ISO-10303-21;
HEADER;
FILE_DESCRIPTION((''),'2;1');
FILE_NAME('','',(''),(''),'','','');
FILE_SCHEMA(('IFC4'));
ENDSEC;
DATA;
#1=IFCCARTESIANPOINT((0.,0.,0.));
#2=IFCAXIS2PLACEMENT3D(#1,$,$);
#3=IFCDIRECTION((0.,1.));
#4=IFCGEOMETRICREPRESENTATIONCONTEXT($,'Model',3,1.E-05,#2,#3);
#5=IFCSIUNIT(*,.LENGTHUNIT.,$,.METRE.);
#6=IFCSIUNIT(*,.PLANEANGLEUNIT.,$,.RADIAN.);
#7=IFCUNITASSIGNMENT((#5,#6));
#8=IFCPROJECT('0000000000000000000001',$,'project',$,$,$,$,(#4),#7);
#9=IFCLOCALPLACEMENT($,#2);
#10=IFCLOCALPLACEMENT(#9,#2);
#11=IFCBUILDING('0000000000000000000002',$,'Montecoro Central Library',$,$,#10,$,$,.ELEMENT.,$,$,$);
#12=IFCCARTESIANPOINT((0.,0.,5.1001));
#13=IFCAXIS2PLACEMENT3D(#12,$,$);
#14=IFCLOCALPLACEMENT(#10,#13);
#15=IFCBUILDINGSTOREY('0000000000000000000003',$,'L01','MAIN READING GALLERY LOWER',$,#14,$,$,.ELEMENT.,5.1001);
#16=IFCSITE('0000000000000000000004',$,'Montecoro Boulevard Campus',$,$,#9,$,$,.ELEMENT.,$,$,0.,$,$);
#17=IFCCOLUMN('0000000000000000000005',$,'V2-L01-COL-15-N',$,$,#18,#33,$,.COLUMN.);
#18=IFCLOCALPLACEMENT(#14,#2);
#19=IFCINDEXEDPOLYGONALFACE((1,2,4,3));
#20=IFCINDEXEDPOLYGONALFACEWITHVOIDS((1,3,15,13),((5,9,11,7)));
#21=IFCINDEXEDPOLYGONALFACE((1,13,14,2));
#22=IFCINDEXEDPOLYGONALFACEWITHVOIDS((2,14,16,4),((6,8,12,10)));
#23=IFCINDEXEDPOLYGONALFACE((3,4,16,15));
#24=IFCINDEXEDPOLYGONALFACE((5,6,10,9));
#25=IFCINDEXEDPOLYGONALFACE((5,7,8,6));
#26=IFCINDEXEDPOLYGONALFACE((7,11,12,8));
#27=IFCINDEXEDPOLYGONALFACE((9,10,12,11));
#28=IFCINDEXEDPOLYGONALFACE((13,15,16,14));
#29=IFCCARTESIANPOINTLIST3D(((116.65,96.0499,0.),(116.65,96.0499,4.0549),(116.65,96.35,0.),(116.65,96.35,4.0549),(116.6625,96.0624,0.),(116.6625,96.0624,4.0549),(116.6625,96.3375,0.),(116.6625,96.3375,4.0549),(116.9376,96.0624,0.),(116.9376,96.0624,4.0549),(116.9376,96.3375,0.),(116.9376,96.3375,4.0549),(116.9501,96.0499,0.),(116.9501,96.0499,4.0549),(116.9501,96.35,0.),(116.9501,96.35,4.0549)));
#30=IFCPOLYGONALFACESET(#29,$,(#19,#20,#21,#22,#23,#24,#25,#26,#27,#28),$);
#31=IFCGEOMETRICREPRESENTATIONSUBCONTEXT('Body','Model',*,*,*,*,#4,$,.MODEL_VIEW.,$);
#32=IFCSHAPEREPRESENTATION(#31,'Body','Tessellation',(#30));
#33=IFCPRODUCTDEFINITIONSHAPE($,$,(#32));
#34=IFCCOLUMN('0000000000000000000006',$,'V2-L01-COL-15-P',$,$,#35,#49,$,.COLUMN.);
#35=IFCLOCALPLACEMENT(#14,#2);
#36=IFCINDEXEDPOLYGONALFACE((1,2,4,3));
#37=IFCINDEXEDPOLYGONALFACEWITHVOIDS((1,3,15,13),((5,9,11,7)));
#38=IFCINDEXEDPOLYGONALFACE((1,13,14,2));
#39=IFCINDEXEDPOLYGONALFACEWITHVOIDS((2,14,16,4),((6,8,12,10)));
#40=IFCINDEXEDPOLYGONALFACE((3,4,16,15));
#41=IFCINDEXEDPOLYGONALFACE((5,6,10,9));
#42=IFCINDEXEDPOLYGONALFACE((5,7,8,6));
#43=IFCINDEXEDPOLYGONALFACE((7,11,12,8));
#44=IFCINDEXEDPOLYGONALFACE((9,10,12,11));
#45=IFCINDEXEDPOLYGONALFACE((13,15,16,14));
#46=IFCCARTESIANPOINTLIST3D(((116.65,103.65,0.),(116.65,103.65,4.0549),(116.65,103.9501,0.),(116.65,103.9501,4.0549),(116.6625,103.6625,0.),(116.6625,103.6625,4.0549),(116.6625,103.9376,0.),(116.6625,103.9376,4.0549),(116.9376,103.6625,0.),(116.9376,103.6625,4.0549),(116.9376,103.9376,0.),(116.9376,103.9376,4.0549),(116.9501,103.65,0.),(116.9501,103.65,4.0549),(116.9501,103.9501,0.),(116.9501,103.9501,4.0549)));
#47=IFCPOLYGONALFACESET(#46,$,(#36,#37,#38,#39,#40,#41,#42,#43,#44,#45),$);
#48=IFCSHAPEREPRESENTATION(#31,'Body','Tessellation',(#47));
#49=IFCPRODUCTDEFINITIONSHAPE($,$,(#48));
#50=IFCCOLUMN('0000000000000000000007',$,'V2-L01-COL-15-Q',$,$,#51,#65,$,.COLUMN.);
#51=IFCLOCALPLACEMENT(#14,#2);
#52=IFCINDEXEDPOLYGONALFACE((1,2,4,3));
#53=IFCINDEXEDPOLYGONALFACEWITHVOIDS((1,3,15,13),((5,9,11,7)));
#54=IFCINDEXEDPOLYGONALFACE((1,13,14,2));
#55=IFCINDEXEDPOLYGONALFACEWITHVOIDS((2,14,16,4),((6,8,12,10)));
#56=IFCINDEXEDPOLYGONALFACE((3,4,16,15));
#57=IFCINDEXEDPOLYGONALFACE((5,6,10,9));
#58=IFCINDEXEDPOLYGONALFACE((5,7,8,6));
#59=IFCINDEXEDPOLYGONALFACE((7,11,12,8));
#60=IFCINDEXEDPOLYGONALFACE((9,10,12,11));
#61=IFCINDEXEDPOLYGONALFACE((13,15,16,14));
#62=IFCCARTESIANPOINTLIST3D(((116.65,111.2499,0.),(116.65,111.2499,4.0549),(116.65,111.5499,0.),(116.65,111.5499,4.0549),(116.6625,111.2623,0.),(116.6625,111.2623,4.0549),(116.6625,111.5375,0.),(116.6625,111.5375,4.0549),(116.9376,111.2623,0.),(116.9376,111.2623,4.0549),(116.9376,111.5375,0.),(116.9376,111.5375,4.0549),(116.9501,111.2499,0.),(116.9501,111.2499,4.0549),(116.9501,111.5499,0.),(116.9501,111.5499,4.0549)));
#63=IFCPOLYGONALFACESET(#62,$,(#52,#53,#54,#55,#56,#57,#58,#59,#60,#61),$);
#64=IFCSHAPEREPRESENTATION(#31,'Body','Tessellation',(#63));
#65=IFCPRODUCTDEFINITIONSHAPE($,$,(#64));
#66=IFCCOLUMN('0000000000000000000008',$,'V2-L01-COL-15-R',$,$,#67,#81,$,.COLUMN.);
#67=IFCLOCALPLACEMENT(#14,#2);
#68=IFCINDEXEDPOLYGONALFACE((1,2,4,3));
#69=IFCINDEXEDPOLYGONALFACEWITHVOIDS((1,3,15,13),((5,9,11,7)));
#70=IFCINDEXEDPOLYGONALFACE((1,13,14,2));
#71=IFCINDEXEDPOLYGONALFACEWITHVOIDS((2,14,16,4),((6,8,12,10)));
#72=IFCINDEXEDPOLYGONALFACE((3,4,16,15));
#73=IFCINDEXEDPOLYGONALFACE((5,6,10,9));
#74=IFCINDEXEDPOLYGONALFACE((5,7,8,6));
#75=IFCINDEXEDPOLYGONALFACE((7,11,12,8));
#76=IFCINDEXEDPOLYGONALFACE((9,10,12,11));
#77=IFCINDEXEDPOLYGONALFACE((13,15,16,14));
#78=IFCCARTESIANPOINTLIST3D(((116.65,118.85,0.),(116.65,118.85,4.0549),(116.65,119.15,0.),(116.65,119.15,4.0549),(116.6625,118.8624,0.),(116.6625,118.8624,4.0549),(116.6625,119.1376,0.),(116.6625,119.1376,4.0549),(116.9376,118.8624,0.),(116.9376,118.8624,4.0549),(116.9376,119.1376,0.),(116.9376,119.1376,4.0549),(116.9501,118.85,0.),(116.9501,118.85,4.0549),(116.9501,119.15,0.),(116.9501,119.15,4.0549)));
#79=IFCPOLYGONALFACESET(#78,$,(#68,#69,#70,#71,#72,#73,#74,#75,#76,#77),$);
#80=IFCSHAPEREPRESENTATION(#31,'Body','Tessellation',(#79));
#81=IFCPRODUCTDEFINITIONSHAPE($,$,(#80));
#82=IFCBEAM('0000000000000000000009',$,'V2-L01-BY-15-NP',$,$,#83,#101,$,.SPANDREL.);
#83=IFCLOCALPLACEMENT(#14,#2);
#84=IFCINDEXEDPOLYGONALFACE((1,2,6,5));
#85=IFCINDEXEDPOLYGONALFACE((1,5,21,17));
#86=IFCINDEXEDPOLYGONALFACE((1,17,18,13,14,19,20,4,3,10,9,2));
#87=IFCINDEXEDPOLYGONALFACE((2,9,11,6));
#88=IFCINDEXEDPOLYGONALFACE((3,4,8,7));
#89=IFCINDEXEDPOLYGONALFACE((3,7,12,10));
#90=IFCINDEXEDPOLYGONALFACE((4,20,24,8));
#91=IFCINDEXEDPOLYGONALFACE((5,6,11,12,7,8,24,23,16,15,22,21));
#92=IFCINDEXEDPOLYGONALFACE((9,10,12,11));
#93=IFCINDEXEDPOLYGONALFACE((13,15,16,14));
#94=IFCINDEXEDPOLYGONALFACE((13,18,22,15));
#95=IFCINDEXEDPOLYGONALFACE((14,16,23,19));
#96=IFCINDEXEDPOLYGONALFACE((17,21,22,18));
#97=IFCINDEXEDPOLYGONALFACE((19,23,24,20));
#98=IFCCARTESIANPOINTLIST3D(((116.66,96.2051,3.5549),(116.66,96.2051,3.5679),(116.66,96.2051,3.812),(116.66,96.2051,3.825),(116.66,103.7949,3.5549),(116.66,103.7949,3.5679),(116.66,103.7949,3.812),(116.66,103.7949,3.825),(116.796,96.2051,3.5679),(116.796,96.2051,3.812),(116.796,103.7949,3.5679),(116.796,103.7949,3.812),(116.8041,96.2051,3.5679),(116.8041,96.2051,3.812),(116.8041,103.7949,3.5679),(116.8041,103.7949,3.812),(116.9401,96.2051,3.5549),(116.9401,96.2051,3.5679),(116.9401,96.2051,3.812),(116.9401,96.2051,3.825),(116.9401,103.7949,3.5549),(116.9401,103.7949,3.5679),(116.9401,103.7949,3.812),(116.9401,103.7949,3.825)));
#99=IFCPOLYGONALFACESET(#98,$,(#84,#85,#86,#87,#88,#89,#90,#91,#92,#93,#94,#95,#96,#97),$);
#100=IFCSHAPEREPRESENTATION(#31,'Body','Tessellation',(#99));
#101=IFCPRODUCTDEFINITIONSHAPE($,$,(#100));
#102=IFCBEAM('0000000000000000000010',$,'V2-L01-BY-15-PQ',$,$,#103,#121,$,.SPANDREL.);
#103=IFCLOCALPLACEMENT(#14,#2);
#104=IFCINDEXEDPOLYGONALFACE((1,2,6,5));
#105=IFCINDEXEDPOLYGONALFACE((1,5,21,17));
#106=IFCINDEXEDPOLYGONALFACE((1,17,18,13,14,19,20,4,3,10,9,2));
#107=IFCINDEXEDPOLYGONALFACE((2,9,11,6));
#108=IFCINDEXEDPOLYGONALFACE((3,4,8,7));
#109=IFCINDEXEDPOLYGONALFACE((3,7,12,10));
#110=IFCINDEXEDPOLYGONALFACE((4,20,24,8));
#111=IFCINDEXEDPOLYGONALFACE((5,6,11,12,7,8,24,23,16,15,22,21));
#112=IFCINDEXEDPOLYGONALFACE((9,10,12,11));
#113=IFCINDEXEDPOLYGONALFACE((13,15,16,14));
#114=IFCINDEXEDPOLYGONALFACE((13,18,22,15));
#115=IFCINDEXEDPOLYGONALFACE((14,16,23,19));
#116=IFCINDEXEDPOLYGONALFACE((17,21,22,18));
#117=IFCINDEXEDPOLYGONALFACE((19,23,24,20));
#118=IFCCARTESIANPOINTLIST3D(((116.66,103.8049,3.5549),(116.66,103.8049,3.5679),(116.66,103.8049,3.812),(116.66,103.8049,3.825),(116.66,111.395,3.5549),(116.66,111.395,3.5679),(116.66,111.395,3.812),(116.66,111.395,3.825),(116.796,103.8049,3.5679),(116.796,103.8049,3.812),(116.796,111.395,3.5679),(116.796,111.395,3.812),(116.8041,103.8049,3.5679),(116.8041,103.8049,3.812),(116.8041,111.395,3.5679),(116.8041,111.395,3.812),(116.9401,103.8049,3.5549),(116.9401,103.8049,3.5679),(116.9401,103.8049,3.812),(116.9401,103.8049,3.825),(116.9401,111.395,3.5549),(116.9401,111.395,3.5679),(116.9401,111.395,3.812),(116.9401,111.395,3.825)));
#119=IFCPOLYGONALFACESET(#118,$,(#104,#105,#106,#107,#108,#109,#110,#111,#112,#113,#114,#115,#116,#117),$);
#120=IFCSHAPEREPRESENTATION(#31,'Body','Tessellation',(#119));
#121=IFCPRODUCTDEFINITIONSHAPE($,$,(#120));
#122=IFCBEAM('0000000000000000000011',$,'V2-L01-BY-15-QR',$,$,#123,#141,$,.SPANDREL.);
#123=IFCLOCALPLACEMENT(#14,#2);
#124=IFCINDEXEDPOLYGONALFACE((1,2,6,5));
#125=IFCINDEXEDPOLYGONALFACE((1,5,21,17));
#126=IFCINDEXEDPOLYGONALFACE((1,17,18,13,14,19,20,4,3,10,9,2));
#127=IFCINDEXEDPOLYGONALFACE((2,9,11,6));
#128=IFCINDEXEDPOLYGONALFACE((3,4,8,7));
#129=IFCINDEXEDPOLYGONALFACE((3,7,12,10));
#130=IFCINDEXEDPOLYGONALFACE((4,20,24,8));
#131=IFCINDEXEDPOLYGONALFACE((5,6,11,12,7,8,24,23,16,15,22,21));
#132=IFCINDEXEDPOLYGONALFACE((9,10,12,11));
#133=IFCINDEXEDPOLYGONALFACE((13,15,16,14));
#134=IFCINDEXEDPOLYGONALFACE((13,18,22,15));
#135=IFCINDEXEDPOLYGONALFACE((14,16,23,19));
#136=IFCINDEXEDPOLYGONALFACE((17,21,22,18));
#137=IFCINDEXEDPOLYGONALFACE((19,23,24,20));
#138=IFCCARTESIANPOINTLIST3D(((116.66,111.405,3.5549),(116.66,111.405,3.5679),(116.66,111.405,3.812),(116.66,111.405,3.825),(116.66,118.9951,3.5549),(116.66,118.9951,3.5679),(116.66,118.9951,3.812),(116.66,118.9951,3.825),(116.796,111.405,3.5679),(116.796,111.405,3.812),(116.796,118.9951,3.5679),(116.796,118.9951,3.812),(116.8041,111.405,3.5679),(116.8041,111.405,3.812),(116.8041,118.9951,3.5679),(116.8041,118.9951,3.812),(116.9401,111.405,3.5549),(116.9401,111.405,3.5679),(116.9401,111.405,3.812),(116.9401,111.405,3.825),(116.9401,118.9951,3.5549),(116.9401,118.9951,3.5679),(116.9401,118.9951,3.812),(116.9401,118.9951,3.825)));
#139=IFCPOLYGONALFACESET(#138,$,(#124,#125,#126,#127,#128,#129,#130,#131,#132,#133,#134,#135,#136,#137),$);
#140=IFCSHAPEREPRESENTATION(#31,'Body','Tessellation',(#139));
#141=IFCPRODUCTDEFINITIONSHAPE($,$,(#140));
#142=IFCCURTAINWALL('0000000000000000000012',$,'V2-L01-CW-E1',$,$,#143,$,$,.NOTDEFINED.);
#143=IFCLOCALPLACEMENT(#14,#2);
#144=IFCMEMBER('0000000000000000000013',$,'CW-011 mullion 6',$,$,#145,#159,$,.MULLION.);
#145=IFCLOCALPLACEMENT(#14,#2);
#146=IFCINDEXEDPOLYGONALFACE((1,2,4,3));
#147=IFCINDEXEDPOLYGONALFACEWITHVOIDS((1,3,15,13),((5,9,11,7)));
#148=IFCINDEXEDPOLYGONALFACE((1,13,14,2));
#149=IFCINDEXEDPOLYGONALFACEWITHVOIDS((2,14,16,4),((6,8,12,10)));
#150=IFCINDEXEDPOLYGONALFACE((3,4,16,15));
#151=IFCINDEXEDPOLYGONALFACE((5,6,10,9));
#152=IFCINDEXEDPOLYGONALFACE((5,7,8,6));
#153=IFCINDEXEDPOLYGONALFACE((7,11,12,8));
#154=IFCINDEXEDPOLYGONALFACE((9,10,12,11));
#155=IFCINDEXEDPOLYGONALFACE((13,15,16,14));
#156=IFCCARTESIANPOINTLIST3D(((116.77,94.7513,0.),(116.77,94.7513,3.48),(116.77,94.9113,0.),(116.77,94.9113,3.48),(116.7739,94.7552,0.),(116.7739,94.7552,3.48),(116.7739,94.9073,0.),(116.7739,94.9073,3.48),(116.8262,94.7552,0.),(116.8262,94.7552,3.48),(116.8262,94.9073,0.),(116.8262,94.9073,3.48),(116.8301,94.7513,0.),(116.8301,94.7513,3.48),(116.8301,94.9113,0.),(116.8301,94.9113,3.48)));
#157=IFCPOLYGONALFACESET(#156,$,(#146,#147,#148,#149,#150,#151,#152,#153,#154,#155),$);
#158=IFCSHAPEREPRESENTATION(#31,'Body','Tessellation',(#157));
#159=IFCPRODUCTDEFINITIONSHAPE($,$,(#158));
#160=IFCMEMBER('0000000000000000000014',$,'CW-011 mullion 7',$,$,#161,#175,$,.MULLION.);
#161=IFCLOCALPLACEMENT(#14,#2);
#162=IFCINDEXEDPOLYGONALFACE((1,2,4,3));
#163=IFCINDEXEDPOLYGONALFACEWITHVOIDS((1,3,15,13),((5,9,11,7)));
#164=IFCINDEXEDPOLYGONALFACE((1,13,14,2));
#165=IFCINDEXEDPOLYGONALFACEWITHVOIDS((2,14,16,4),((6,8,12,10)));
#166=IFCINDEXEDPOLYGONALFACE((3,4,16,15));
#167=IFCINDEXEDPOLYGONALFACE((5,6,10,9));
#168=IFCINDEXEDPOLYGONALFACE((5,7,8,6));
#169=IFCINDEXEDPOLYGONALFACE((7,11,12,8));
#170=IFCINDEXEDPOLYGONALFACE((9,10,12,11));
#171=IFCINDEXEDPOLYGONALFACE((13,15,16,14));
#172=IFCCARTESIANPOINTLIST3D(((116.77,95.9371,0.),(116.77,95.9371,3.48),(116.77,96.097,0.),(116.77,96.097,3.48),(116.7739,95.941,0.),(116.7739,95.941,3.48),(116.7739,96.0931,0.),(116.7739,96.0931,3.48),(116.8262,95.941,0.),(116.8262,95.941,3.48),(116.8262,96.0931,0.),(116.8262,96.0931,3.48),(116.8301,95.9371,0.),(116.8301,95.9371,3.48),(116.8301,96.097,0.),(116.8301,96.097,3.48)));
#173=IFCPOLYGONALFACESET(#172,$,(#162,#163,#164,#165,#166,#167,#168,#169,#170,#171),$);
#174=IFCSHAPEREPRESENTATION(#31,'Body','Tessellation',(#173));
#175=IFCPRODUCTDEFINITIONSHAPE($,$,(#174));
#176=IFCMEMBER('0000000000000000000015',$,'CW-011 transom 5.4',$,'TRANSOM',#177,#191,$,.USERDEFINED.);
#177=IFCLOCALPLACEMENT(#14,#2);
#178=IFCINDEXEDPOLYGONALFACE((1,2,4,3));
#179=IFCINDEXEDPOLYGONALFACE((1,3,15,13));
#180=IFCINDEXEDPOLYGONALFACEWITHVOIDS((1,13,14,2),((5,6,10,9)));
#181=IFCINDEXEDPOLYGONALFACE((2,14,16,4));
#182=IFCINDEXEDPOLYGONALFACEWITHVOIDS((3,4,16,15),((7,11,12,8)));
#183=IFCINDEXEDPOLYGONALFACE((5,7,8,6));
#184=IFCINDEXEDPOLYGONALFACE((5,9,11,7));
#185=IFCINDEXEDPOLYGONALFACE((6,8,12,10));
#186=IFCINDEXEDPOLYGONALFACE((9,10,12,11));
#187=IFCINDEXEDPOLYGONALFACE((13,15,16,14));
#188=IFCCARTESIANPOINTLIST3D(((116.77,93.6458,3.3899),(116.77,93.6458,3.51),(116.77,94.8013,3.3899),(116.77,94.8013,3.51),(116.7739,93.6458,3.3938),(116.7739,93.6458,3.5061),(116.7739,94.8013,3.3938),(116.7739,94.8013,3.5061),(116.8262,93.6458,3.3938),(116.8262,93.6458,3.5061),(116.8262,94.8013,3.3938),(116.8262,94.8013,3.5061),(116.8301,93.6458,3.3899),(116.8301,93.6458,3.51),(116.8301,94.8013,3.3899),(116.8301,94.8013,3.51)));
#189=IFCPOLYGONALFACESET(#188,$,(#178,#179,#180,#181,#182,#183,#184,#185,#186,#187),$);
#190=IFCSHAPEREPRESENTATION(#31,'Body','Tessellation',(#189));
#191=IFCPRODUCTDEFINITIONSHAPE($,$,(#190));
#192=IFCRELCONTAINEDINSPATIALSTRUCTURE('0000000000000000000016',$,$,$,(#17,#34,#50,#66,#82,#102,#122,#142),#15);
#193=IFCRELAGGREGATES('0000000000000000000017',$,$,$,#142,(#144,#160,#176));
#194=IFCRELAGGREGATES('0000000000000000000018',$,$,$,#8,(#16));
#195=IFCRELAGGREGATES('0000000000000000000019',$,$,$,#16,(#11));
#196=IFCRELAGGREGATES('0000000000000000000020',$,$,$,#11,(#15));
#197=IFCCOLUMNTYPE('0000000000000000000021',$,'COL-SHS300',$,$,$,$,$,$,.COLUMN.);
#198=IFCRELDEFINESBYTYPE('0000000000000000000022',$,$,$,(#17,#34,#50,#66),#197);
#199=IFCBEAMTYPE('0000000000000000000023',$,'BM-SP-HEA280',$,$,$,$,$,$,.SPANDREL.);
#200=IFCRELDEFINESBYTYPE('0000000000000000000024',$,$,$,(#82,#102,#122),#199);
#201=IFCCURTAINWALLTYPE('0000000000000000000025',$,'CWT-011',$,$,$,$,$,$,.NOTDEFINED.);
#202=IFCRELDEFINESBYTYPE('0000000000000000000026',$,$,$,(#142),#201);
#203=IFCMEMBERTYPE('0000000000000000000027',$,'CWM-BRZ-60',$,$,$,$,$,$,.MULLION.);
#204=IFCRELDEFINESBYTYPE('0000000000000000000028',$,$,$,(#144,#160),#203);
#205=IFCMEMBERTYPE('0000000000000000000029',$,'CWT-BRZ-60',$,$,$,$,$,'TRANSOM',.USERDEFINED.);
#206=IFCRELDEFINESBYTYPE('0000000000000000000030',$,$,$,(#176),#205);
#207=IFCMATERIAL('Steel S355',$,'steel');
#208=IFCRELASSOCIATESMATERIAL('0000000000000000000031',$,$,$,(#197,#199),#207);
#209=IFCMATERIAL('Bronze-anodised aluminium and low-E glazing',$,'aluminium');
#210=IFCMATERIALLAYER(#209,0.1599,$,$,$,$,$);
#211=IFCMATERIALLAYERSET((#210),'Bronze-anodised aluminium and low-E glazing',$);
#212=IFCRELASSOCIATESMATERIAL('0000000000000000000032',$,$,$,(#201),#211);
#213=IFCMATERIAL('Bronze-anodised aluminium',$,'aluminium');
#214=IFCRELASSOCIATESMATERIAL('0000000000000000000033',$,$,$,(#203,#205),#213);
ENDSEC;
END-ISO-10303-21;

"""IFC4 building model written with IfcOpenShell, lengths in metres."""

from ifc_helpers import new_model, si_unit, direction, frame, origin, origin_2d, place, context, subcontext, project, spatial, hollow_rectangle, i_section, extrude, material, layer, layer_set, material_profile, profile_set, type_object, element, aggregate, save


model = new_model("IFC4")

# Units and contexts
model_context = context("Model", 3, precision=1e-05, world=origin(), true_north=direction((0.0, 1.0)))
body_context = subcontext(model_context, "Body", "Model", "MODEL_VIEW")
ifc_project = project(units=[si_unit("LENGTHUNIT", "METRE"), si_unit("PLANEANGLEUNIT", "RADIAN")], contexts=[model_context])

# Site, building, storey
site_placement = place(None, origin())
site = spatial("IfcSite", under=ifc_project, at=site_placement, Name="Montecoro Boulevard Campus", CompositionType="ELEMENT", RefElevation=0.0)
building_placement = place(site_placement, origin())
building = spatial("IfcBuilding", under=site, at=building_placement, Name="Montecoro Central Library", CompositionType="ELEMENT")
storey_placement = place(building_placement, frame((0.0, 0.0, 5.1001)))
storey = spatial("IfcBuildingStorey", under=building, at=storey_placement, Name="L01", Description="MAIN READING GALLERY LOWER", CompositionType="ELEMENT", Elevation=5.1001)

# Columns
ifc_material_1 = material(Name="Steel S355", Category="steel")
ifc_material_profile_1 = material_profile(ifc_material_1, hollow_rectangle(XDim=0.3, YDim=0.3, WallThickness=0.0125, at=origin_2d()), Name="SHS 300x300x12.5")
ifc_profile_set_1 = profile_set([ifc_material_profile_1], Name="Steel S355")
column_type = type_object("IfcColumnType", Name="COL-SHS300", PredefinedType="COLUMN", material=ifc_profile_set_1)
for number, where, z_axis, x_axis, name in (
    (1, (116.8, 96.2, 0.0), (0.0, 0.0, 1.0), (1.0, 0.0, 0.0), "V2-L01-COL-15-N"),
    (2, (116.8, 103.8, 0.0), (0.0, 0.0, 1.0), (1.0, 0.0, 0.0), "V2-L01-COL-15-P"),
    (3, (116.8, 111.3999, 0.0), (0.0, 0.0, 1.0), (1.0, 0.0, 0.0), "V2-L01-COL-15-Q"),
    (4, (116.8, 119.0, 0.0), (0.0, 0.0, 1.0), (1.0, 0.0, 0.0), "V2-L01-COL-15-R"),
):
    element("IfcColumn", number, at=place(storey_placement, frame(where, z_axis=z_axis, x_axis=x_axis)), inside=storey, type_object=column_type, Name=name, PredefinedType="COLUMN", context=body_context, shape_type="SweptSolid", body=[
        extrude(hollow_rectangle(XDim=0.3, YDim=0.3, WallThickness=0.0125, at=origin_2d()), origin(), (0.0, 0.0, 1.0), 4.0549),
    ])

# Beams
ifc_material_profile_2 = material_profile(ifc_material_1, i_section(OverallWidth=0.28, OverallDepth=0.27, WebThickness=0.0081, FlangeThickness=0.0129, at=origin_2d()), Name="HEA 280")
ifc_profile_set_2 = profile_set([ifc_material_profile_2], Name="Steel S355")
beam_type = type_object("IfcBeamType", Name="BM-SP-HEA280", PredefinedType="SPANDREL", material=ifc_profile_set_2)
beam_placement = place(storey_placement, frame((116.8, 96.2051, 3.6899), z_axis=(0.0, 1.0, 0.0), x_axis=(-1.0, 0.0, 0.0)))
element("IfcBeam", 5, at=beam_placement, inside=storey, type_object=beam_type, Name="V2-L01-BY-15-NP", PredefinedType="SPANDREL", context=body_context, shape_type="SweptSolid", body=[
    extrude(i_section(OverallWidth=0.28, OverallDepth=0.27, WebThickness=0.0081, FlangeThickness=0.0129, at=origin_2d()), origin(), (0.0, 0.0, 1.0), 7.5898),
])
for number, where, z_axis, x_axis, name in (
    (6, (116.8, 103.8049, 3.6899), (0.0, 1.0, 0.0), (-1.0, 0.0, 0.0), "V2-L01-BY-15-PQ"),
    (7, (116.8, 111.405, 3.6899), (0.0, 1.0, 0.0), (-1.0, 0.0, 0.0), "V2-L01-BY-15-QR"),
):
    element("IfcBeam", number, at=place(storey_placement, frame(where, z_axis=z_axis, x_axis=x_axis)), inside=storey, type_object=beam_type, Name=name, PredefinedType="SPANDREL", context=body_context, shape_type="SweptSolid", body=[
        extrude(i_section(OverallWidth=0.28, OverallDepth=0.27, WebThickness=0.0081, FlangeThickness=0.0129, at=origin_2d()), origin(), (0.0, 0.0, 1.0), 7.5901),
    ])

# Curtain wall, members
ifc_material_2 = material(Name="Bronze-anodised aluminium and low-E glazing", Category="aluminium")
ifc_layer_1 = layer(ifc_material_2, 0.1599)
ifc_layer_set_1 = layer_set([ifc_layer_1], Name="Bronze-anodised aluminium and low-E glazing")
curtain_wall_type = type_object("IfcCurtainWallType", Name="CWT-011", PredefinedType="NOTDEFINED", material=ifc_layer_set_1)
curtain_wall_placement = place(storey_placement, origin())
curtain_wall = element("IfcCurtainWall", 8, at=curtain_wall_placement, inside=storey, type_object=curtain_wall_type, Name="V2-L01-CW-E1", PredefinedType="NOTDEFINED")
ifc_material_3 = material(Name="Bronze-anodised aluminium", Category="aluminium")
ifc_material_profile_3 = material_profile(ifc_material_3, hollow_rectangle(XDim=0.0601, YDim=0.1599, WallThickness=0.0039, at=origin_2d()), Name="CWM 160x60x4.0")
ifc_profile_set_3 = profile_set([ifc_material_profile_3], Name="Bronze-anodised aluminium")
member_type_1 = type_object("IfcMemberType", Name="CWM-BRZ-60", PredefinedType="MULLION", material=ifc_profile_set_3)
member_1_placement = place(storey_placement, frame((116.8, 94.8313, 0.0), z_axis=(0.0, 0.0, 1.0), x_axis=(-1.0, 0.0, 0.0)))
member_1 = element("IfcMember", 9, at=member_1_placement, type_object=member_type_1, Name="CW-011 mullion 6", PredefinedType="MULLION", context=body_context, shape_type="SweptSolid", body=[
    extrude(hollow_rectangle(XDim=0.0601, YDim=0.1599, WallThickness=0.0039, at=origin_2d()), origin(), (0.0, 0.0, 1.0), 3.48),
])
member_2_placement = place(storey_placement, frame((116.8, 96.0171, 0.0), z_axis=(0.0, 0.0, 1.0), x_axis=(-1.0, 0.0, 0.0)))
member_2 = element("IfcMember", 10, at=member_2_placement, type_object=member_type_1, Name="CW-011 mullion 7", PredefinedType="MULLION", context=body_context, shape_type="SweptSolid", body=[
    extrude(hollow_rectangle(XDim=0.0601, YDim=0.1599, WallThickness=0.0039, at=origin_2d()), origin(), (0.0, 0.0, 1.0), 3.48),
])
ifc_material_profile_4 = material_profile(ifc_material_3, hollow_rectangle(XDim=0.0601, YDim=0.1201, WallThickness=0.0039, at=origin_2d()), Name="CWT 120x60x4.0")
ifc_profile_set_4 = profile_set([ifc_material_profile_4], Name="Bronze-anodised aluminium")
member_type_2 = type_object("IfcMemberType", Name="CWT-BRZ-60", ElementType="TRANSOM", PredefinedType="USERDEFINED", material=ifc_profile_set_4)
member_3_placement = place(storey_placement, frame((116.8, 93.6458, 3.45), z_axis=(0.0, 1.0, 0.0), x_axis=(-1.0, 0.0, 0.0)))
member_3 = element("IfcMember", 11, at=member_3_placement, type_object=member_type_2, Name="CW-011 transom 5.4", ObjectType="TRANSOM", PredefinedType="USERDEFINED", context=body_context, shape_type="SweptSolid", body=[
    extrude(hollow_rectangle(XDim=0.0601, YDim=0.1201, WallThickness=0.0039, at=origin_2d()), origin(), (0.0, 0.0, 1.0), 1.1555),
])
aggregate(curtain_wall, [member_1, member_2, member_3])

save(model, "model.ifc")
